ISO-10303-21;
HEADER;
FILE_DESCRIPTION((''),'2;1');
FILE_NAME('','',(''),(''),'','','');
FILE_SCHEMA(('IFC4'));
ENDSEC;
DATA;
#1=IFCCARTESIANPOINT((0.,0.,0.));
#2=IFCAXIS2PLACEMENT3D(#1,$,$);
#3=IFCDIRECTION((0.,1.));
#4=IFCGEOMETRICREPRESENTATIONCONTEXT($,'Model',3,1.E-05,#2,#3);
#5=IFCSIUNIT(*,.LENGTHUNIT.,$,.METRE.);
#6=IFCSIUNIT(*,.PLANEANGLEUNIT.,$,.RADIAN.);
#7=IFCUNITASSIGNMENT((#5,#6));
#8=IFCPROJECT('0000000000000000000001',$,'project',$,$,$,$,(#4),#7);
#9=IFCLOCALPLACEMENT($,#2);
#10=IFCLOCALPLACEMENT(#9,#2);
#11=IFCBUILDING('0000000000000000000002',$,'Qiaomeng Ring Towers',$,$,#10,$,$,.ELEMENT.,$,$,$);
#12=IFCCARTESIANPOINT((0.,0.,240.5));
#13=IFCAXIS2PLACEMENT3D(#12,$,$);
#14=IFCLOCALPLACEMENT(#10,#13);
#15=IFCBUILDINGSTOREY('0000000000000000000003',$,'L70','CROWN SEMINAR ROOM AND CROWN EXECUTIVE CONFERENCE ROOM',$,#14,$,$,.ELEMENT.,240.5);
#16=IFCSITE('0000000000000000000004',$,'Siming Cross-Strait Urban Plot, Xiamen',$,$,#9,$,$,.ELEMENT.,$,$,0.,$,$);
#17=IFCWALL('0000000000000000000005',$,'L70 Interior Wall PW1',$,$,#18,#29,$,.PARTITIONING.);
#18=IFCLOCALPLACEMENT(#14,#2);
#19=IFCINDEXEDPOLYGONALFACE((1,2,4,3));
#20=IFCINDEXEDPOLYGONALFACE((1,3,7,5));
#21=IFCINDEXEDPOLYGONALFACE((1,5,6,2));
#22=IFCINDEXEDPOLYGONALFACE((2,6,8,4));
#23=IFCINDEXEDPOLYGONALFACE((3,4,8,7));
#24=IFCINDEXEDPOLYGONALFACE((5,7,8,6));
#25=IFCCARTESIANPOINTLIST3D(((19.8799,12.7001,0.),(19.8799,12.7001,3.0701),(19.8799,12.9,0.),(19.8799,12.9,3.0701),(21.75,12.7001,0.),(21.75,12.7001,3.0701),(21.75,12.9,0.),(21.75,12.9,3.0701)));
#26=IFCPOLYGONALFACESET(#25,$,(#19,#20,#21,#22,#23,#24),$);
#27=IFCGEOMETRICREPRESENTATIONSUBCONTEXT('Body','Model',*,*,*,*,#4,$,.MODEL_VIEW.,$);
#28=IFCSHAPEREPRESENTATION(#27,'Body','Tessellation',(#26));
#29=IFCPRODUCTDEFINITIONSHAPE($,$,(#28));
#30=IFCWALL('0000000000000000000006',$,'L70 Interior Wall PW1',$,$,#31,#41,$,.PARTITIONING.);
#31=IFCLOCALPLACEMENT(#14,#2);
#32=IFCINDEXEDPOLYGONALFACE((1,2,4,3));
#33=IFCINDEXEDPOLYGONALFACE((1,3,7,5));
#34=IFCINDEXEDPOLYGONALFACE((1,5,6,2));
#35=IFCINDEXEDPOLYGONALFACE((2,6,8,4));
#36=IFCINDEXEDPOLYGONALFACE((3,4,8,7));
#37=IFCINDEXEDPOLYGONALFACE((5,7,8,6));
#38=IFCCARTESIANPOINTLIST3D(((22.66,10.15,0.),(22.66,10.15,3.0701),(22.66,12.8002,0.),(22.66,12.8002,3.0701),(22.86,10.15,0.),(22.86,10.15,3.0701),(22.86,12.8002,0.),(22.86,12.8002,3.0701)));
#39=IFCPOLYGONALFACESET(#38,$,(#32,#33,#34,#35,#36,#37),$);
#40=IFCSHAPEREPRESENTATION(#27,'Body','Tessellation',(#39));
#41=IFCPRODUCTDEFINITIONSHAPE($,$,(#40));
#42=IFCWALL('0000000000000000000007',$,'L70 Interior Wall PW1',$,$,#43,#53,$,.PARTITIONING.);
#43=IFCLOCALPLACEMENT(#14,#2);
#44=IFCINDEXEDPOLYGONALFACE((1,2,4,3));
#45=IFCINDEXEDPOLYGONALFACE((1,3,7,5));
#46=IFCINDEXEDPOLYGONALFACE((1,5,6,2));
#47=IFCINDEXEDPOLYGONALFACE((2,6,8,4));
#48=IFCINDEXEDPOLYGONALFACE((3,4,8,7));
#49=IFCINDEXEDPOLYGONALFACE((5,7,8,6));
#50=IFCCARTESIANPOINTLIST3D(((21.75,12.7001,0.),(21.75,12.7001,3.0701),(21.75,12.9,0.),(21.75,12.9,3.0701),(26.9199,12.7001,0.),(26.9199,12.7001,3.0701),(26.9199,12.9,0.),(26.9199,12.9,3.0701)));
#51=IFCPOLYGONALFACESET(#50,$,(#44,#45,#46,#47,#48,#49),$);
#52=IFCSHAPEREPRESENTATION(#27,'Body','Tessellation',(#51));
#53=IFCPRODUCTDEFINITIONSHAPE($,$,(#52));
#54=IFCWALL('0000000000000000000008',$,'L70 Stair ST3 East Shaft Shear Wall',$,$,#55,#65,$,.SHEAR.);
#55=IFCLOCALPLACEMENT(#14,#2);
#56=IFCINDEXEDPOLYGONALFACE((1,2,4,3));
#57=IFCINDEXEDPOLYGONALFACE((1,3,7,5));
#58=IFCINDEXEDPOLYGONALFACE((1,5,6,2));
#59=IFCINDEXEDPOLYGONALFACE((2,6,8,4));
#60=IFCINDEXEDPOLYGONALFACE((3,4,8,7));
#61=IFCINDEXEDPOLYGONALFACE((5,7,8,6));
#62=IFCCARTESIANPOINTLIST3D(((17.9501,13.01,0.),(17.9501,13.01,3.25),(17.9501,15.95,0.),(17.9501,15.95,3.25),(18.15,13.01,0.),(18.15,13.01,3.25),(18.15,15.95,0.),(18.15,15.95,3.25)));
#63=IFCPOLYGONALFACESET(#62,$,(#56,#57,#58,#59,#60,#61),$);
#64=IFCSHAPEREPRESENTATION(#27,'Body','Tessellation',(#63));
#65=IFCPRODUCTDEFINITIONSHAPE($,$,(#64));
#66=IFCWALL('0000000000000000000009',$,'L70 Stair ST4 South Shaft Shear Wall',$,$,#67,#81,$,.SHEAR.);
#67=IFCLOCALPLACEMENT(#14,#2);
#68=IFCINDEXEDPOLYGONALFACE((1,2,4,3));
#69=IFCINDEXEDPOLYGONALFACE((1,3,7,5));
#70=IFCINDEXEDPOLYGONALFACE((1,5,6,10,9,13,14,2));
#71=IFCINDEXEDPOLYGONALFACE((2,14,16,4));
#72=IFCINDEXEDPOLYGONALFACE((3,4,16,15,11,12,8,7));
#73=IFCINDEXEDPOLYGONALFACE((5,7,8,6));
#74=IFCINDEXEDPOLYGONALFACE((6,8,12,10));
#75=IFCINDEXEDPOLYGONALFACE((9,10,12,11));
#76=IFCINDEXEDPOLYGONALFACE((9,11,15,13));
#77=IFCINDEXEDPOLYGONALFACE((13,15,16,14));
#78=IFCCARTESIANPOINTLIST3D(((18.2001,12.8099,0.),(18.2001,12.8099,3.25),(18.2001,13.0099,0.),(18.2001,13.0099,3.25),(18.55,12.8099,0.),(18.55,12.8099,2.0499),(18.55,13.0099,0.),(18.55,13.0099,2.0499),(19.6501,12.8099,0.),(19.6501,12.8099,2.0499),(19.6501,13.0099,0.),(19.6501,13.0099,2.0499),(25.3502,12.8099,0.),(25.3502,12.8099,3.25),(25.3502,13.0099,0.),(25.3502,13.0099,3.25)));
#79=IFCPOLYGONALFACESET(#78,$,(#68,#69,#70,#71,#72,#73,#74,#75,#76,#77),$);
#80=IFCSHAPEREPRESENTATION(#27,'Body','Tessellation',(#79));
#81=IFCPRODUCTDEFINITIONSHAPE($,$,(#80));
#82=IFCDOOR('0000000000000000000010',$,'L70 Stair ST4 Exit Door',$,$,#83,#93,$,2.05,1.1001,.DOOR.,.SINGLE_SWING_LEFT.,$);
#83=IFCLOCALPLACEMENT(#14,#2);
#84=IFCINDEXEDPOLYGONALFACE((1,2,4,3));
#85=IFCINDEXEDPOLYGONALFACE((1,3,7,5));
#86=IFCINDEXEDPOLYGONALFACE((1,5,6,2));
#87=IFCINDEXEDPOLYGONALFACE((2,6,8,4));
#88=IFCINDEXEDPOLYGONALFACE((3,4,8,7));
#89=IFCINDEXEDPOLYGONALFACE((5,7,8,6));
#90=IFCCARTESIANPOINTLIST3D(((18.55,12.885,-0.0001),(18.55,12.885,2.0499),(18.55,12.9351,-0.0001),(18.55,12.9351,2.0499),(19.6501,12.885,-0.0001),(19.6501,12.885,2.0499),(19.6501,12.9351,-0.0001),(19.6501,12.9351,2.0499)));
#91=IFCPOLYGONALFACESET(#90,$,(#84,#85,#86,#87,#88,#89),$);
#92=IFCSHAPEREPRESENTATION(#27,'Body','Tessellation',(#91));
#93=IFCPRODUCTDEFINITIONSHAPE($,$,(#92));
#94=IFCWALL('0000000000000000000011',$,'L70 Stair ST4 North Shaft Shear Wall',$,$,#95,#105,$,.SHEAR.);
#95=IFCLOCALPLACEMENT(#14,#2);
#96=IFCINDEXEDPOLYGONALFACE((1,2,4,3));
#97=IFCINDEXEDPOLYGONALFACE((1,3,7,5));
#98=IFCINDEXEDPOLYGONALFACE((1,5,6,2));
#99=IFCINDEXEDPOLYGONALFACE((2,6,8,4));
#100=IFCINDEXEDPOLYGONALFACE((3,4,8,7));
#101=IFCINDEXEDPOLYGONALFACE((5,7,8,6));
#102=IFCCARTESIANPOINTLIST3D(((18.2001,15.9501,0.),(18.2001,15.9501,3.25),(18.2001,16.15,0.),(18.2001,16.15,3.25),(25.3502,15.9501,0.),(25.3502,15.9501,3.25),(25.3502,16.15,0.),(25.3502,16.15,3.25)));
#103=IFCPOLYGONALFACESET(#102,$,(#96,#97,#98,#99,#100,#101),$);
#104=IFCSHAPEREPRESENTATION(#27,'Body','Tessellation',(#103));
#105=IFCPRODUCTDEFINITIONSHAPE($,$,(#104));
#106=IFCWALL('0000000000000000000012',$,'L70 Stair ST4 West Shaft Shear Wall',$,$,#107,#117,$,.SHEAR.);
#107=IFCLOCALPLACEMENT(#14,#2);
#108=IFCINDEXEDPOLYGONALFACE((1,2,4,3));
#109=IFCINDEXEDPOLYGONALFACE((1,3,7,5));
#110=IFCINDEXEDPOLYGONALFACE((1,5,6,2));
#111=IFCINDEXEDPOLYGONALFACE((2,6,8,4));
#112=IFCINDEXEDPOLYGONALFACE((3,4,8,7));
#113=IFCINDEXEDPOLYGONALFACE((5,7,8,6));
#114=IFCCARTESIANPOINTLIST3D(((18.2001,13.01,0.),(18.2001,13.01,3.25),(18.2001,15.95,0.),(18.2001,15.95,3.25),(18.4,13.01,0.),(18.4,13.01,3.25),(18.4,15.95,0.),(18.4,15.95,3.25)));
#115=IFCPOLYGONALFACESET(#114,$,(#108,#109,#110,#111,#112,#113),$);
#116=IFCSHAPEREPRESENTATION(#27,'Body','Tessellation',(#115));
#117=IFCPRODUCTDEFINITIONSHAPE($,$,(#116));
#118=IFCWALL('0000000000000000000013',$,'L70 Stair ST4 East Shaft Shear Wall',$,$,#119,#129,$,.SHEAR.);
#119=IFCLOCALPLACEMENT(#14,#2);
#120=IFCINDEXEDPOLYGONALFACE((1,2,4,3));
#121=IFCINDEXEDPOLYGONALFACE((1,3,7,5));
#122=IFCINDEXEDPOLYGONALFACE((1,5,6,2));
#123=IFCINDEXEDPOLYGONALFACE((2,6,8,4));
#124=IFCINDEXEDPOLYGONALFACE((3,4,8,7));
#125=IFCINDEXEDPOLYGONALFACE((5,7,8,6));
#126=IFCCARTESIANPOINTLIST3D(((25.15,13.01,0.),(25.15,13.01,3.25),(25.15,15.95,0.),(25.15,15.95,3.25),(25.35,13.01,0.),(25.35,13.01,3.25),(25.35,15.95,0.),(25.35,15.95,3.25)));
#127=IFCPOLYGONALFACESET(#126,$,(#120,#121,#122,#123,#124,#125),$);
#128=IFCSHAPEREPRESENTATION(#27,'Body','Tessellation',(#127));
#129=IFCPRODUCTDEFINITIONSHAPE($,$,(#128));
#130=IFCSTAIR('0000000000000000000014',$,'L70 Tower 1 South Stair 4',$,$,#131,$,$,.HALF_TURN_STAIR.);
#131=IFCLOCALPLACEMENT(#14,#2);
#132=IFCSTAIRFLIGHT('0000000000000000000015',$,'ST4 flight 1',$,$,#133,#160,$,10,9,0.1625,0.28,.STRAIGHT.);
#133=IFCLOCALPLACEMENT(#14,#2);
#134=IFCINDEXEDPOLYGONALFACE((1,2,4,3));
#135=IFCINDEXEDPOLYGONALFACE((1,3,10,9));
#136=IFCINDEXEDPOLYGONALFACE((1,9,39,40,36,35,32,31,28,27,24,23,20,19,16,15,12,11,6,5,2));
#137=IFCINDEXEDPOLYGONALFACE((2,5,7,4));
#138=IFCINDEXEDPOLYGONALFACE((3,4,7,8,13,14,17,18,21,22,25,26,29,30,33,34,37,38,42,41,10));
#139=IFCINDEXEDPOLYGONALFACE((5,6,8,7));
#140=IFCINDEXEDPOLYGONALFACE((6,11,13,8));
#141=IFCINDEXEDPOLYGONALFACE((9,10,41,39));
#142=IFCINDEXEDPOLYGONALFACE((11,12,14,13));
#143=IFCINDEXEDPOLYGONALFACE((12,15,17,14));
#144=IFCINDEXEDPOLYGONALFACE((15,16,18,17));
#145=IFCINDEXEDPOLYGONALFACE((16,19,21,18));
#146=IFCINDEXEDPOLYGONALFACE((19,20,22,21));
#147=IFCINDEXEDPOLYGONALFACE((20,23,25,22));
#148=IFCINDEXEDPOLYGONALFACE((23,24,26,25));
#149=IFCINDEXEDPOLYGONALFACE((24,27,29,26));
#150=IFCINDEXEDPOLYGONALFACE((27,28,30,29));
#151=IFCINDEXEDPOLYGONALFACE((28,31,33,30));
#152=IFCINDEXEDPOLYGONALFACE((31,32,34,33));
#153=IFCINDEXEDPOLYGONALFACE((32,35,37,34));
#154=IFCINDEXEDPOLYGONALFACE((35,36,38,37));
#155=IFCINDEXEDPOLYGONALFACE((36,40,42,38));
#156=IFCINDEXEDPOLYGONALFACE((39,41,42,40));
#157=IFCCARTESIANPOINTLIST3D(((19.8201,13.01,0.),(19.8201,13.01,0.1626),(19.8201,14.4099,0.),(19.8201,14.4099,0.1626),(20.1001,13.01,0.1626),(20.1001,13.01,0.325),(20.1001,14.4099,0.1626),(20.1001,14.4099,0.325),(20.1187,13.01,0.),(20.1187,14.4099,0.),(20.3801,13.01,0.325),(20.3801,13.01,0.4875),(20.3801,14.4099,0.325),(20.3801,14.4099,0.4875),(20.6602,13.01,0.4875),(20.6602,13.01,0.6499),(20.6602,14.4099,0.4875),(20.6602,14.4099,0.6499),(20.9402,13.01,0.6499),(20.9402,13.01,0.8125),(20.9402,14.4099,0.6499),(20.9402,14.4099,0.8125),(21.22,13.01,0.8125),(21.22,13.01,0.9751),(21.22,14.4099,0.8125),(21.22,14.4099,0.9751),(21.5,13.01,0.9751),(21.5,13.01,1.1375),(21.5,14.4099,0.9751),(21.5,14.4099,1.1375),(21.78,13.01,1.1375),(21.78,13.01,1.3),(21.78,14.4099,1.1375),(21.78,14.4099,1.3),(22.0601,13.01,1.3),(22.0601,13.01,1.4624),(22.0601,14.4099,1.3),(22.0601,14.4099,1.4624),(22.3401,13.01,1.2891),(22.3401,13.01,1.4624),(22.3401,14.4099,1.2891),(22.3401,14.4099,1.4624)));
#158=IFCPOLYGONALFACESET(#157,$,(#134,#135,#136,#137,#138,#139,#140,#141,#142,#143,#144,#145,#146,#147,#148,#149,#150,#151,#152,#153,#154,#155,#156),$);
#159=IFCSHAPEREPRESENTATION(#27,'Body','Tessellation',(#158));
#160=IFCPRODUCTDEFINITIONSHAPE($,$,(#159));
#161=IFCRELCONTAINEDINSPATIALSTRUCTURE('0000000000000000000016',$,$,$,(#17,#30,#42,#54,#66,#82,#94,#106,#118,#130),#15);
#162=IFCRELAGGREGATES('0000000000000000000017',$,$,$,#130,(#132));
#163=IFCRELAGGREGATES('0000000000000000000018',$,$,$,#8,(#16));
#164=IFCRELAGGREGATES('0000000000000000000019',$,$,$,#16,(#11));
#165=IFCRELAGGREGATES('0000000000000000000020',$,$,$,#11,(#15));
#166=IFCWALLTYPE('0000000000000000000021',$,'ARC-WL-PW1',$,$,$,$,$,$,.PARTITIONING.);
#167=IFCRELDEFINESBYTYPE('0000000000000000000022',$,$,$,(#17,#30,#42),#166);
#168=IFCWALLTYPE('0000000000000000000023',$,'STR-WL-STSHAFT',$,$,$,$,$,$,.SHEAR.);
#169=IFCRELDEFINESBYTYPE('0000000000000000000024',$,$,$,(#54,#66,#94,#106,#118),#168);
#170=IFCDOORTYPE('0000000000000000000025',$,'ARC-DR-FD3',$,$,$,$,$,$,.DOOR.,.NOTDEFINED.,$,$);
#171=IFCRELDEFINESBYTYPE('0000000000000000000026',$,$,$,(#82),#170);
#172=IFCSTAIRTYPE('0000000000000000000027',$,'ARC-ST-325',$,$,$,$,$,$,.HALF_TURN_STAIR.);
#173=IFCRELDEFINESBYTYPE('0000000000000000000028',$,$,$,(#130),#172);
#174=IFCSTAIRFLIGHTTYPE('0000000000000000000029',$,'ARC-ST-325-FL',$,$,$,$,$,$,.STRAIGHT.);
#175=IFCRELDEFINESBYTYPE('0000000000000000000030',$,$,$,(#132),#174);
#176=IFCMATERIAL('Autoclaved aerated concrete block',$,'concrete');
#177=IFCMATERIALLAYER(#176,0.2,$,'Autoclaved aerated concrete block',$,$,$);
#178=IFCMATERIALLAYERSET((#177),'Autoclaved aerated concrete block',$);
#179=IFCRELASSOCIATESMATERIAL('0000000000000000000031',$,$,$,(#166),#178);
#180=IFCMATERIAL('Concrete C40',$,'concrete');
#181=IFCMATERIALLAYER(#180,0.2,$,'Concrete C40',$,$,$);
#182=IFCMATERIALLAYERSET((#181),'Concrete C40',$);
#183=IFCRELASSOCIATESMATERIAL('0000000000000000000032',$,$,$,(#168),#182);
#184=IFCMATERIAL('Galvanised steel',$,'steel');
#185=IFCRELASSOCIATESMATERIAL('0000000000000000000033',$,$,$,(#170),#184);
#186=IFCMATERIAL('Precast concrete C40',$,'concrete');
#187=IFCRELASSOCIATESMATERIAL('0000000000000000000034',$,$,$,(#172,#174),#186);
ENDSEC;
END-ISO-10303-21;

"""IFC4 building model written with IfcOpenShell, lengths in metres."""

from ifc_helpers import new_model, si_unit, direction, frame, frame_2d, origin, place, context, subcontext, project, spatial, polyline, rectangle, outline, extrude, source, transform, mapped, material, layer, layer_set, type_object, element, fill, aggregate, save


model = new_model("IFC4")

# Units and contexts
model_context = context("Model", 3, precision=1e-05, world=origin(), true_north=direction((0.0, 1.0)))
body_context = subcontext(model_context, "Body", "Model", "MODEL_VIEW")
ifc_project = project(units=[si_unit("LENGTHUNIT", "METRE"), si_unit("PLANEANGLEUNIT", "RADIAN")], contexts=[model_context])

# Site, building, storey
site_placement = place(None, origin())
site = spatial("IfcSite", under=ifc_project, at=site_placement, Name="Siming Cross-Strait Urban Plot, Xiamen", CompositionType="ELEMENT", RefElevation=0.0)
building_placement = place(site_placement, origin())
building = spatial("IfcBuilding", under=site, at=building_placement, Name="Qiaomeng Ring Towers", CompositionType="ELEMENT")
storey_placement = place(building_placement, frame((0.0, 0.0, 240.5)))
storey = spatial("IfcBuildingStorey", under=building, at=storey_placement, Name="L70", Description="CROWN SEMINAR ROOM AND CROWN EXECUTIVE CONFERENCE ROOM", CompositionType="ELEMENT", Elevation=240.5)

# Walls
ifc_material_1 = material(Name="Autoclaved aerated concrete block", Category="concrete")
ifc_layer_1 = layer(ifc_material_1, 0.2, Name="Autoclaved aerated concrete block")
ifc_layer_set_1 = layer_set([ifc_layer_1], Name="Autoclaved aerated concrete block")
wall_type_1 = type_object("IfcWallType", Name="ARC-WL-PW1", PredefinedType="PARTITIONING", material=ifc_layer_set_1)
wall_1_placement = place(storey_placement, frame((19.8799, 12.8, 0.0), z_axis=(0.0, 0.0, 1.0), x_axis=(1.0, 0.0, 0.0)))
element("IfcWall", 1, at=wall_1_placement, inside=storey, type_object=wall_type_1, Name="L70 Interior Wall PW1", PredefinedType="PARTITIONING", context=body_context, shape_type="SweptSolid", body=[
    extrude(rectangle(XDim=1.8701, YDim=0.2, at=frame_2d((0.9351, 0.0))), origin(), (0.0, 0.0, 1.0), 3.0701),
])
wall_2_placement = place(storey_placement, frame((22.76, 10.1499, 0.0), z_axis=(0.0, 0.0, 1.0), x_axis=(0.0, 1.0, 0.0)))
element("IfcWall", 2, at=wall_2_placement, inside=storey, type_object=wall_type_1, Name="L70 Interior Wall PW1", PredefinedType="PARTITIONING", context=body_context, shape_type="SweptSolid", body=[
    extrude(rectangle(XDim=2.6501, YDim=0.2, at=frame_2d((1.3252, 0.0))), origin(), (0.0, 0.0, 1.0), 3.0701),
])
wall_3_placement = place(storey_placement, frame((21.75, 12.8, 0.0), z_axis=(0.0, 0.0, 1.0), x_axis=(1.0, 0.0, 0.0)))
element("IfcWall", 3, at=wall_3_placement, inside=storey, type_object=wall_type_1, Name="L70 Interior Wall PW1", PredefinedType="PARTITIONING", context=body_context, shape_type="SweptSolid", body=[
    extrude(rectangle(XDim=5.1699, YDim=0.2, at=frame_2d((2.585, 0.0))), origin(), (0.0, 0.0, 1.0), 3.0701),
])
ifc_material_2 = material(Name="Concrete C40", Category="concrete")
ifc_layer_2 = layer(ifc_material_2, 0.2, Name="Concrete C40")
ifc_layer_set_2 = layer_set([ifc_layer_2], Name="Concrete C40")
wall_type_2 = type_object("IfcWallType", Name="STR-WL-STSHAFT", PredefinedType="SHEAR", material=ifc_layer_set_2)
wall_4_placement = place(storey_placement, frame((18.05, 13.01, 0.0), z_axis=(0.0, 0.0, 1.0), x_axis=(0.0, 1.0, 0.0)))
element("IfcWall", 4, at=wall_4_placement, inside=storey, type_object=wall_type_2, Name="L70 Stair ST3 East Shaft Shear Wall", PredefinedType="SHEAR", context=body_context, shape_type="SweptSolid", body=[
    extrude(rectangle(XDim=2.9399, YDim=0.2, at=frame_2d((1.47, 0.0))), origin(), (0.0, 0.0, 1.0), 3.25),
])

# Wall, opening, door
wall_5_placement = place(storey_placement, frame((18.2, 12.9099, 0.0), z_axis=(0.0, 0.0, 1.0), x_axis=(1.0, 0.0, 0.0)))
wall_5 = element("IfcWall", 5, at=wall_5_placement, inside=storey, type_object=wall_type_2, Name="L70 Stair ST4 South Shaft Shear Wall", PredefinedType="SHEAR", context=body_context, shape_type="SweptSolid", body=[
    extrude(rectangle(XDim=7.1501, YDim=0.2, at=frame_2d((3.5752, 0.0))), origin(), (0.0, 0.0, 1.0), 3.25),
])
opening_placement = place(wall_5_placement, frame((0.3501, 0.0, 0.0)))
opening = element("IfcOpeningElement", 6, at=opening_placement, cuts=wall_5, PredefinedType="OPENING", context=body_context, shape_type="SweptSolid", body=[
    extrude(rectangle(XDim=1.1001, YDim=2.05, at=frame_2d((0.55, 1.0249))), frame((0.0, 0.1099, 0.0), z_axis=(0.0, -1.0, 0.0), x_axis=(1.0, 0.0, 0.0)), (0.0, 0.0, 1.0), 0.22),
])
ifc_material_3 = material(Name="Galvanised steel", Category="steel")
door_type = type_object("IfcDoorType", Name="ARC-DR-FD3", OperationType="NOTDEFINED", PredefinedType="DOOR", material=ifc_material_3)
shared_shape_1 = source(origin(), body_context, "Body", "SweptSolid", [
    extrude(rectangle(XDim=1.1001, YDim=2.05, at=frame_2d((0.55, 1.0249))), frame((0.0, 0.0249, 0.0), z_axis=(0.0, -1.0, 0.0), x_axis=(1.0, 0.0, 0.0)), (0.0, 0.0, 1.0), 0.05),
])
door_placement = place(opening_placement, frame((1.1001, 0.0, 0.0), z_axis=(0.0, 0.0, 1.0), x_axis=(-1.0, 0.0, 0.0)))
door = element("IfcDoor", 7, at=door_placement, inside=storey, type_object=door_type, Name="L70 Stair ST4 Exit Door", OperationType="SINGLE_SWING_LEFT", OverallHeight=2.05, OverallWidth=1.1001, PredefinedType="DOOR", context=body_context, shape_type="MappedRepresentation", body=[
    mapped(shared_shape_1, transform((0.0, 0.0, 0.0), x_axis=(1.0, 0.0, 0.0), y_axis=(0.0, 1.0, 0.0), z_axis=(0.0, 0.0, 1.0), scale=1.0)),
])
fill(opening, door)

# Walls
wall_6_placement = place(storey_placement, frame((18.2, 16.05, 0.0), z_axis=(0.0, 0.0, 1.0), x_axis=(1.0, 0.0, 0.0)))
element("IfcWall", 8, at=wall_6_placement, inside=storey, type_object=wall_type_2, Name="L70 Stair ST4 North Shaft Shear Wall", PredefinedType="SHEAR", context=body_context, shape_type="SweptSolid", body=[
    extrude(rectangle(XDim=7.1501, YDim=0.2, at=frame_2d((3.5752, 0.0))), origin(), (0.0, 0.0, 1.0), 3.25),
])
for number, where, z_axis, x_axis, name in (
    (9, (18.3, 13.01, 0.0), (0.0, 0.0, 1.0), (0.0, 1.0, 0.0), "L70 Stair ST4 West Shaft Shear Wall"),
    (10, (25.25, 13.01, 0.0), (0.0, 0.0, 1.0), (0.0, 1.0, 0.0), "L70 Stair ST4 East Shaft Shear Wall"),
):
    element("IfcWall", number, at=place(storey_placement, frame(where, z_axis=z_axis, x_axis=x_axis)), inside=storey, type_object=wall_type_2, Name=name, PredefinedType="SHEAR", context=body_context, shape_type="SweptSolid", body=[
        extrude(rectangle(XDim=2.9399, YDim=0.2, at=frame_2d((1.47, 0.0))), origin(), (0.0, 0.0, 1.0), 3.25),
    ])

# Stair, stair flight
ifc_material_4 = material(Name="Precast concrete C40", Category="concrete")
stair_type = type_object("IfcStairType", Name="ARC-ST-325", PredefinedType="HALF_TURN_STAIR", material=ifc_material_4)
stair_placement = place(storey_placement, origin())
stair = element("IfcStair", 11, at=stair_placement, inside=storey, type_object=stair_type, Name="L70 Tower 1 South Stair 4", PredefinedType="HALF_TURN_STAIR")
stair_flight_type = type_object("IfcStairFlightType", Name="ARC-ST-325-FL", PredefinedType="STRAIGHT", material=ifc_material_4)
shared_shape_2 = source(origin(), body_context, "Body", "SweptSolid", [
    extrude(outline(polyline([(0.0, 0.0), (0.0, 0.1626), (0.28, 0.1626), (0.28, 0.325), (0.5601, 0.325), (0.5601, 0.4875), (0.8401, 0.4875), (0.8401, 0.6499), (1.1201, 0.6499), (1.1201, 0.8125), (1.3999, 0.8125), (1.3999, 0.9751), (1.6799, 0.9751), (1.6799, 1.1375), (1.96, 1.1375), (1.96, 1.3), (2.24, 1.3), (2.24, 1.4624), (2.52, 1.4624), (2.52, 1.625), (2.52, 1.2891), (0.2986, 0.0), (0.0, 0.0)])), frame((0.0, 0.7, 0.0), z_axis=(0.0, -1.0, 0.0), x_axis=(1.0, 0.0, 0.0)), (0.0, 0.0, 1.0), 1.3999),
])
stair_flight_1_placement = place(storey_placement, frame((19.8201, 13.71, 0.0), z_axis=(0.0, 0.0, 1.0), x_axis=(1.0, 0.0, 0.0)))
stair_flight_1 = element("IfcStairFlight", 12, at=stair_flight_1_placement, type_object=stair_flight_type, Name="ST4 flight 1", NumberOfRisers=10, NumberOfTreads=9, PredefinedType="STRAIGHT", RiserHeight=0.1625, TreadLength=0.28, context=body_context, shape_type="MappedRepresentation", body=[
    mapped(shared_shape_2, transform((0.0, 0.0, 0.0), x_axis=(1.0, 0.0, 0.0), y_axis=(0.0, 1.0, 0.0), z_axis=(0.0, 0.0, 1.0), scale=1.0)),
])
aggregate(stair, [stair_flight_1])

save(model, "model.ifc")
